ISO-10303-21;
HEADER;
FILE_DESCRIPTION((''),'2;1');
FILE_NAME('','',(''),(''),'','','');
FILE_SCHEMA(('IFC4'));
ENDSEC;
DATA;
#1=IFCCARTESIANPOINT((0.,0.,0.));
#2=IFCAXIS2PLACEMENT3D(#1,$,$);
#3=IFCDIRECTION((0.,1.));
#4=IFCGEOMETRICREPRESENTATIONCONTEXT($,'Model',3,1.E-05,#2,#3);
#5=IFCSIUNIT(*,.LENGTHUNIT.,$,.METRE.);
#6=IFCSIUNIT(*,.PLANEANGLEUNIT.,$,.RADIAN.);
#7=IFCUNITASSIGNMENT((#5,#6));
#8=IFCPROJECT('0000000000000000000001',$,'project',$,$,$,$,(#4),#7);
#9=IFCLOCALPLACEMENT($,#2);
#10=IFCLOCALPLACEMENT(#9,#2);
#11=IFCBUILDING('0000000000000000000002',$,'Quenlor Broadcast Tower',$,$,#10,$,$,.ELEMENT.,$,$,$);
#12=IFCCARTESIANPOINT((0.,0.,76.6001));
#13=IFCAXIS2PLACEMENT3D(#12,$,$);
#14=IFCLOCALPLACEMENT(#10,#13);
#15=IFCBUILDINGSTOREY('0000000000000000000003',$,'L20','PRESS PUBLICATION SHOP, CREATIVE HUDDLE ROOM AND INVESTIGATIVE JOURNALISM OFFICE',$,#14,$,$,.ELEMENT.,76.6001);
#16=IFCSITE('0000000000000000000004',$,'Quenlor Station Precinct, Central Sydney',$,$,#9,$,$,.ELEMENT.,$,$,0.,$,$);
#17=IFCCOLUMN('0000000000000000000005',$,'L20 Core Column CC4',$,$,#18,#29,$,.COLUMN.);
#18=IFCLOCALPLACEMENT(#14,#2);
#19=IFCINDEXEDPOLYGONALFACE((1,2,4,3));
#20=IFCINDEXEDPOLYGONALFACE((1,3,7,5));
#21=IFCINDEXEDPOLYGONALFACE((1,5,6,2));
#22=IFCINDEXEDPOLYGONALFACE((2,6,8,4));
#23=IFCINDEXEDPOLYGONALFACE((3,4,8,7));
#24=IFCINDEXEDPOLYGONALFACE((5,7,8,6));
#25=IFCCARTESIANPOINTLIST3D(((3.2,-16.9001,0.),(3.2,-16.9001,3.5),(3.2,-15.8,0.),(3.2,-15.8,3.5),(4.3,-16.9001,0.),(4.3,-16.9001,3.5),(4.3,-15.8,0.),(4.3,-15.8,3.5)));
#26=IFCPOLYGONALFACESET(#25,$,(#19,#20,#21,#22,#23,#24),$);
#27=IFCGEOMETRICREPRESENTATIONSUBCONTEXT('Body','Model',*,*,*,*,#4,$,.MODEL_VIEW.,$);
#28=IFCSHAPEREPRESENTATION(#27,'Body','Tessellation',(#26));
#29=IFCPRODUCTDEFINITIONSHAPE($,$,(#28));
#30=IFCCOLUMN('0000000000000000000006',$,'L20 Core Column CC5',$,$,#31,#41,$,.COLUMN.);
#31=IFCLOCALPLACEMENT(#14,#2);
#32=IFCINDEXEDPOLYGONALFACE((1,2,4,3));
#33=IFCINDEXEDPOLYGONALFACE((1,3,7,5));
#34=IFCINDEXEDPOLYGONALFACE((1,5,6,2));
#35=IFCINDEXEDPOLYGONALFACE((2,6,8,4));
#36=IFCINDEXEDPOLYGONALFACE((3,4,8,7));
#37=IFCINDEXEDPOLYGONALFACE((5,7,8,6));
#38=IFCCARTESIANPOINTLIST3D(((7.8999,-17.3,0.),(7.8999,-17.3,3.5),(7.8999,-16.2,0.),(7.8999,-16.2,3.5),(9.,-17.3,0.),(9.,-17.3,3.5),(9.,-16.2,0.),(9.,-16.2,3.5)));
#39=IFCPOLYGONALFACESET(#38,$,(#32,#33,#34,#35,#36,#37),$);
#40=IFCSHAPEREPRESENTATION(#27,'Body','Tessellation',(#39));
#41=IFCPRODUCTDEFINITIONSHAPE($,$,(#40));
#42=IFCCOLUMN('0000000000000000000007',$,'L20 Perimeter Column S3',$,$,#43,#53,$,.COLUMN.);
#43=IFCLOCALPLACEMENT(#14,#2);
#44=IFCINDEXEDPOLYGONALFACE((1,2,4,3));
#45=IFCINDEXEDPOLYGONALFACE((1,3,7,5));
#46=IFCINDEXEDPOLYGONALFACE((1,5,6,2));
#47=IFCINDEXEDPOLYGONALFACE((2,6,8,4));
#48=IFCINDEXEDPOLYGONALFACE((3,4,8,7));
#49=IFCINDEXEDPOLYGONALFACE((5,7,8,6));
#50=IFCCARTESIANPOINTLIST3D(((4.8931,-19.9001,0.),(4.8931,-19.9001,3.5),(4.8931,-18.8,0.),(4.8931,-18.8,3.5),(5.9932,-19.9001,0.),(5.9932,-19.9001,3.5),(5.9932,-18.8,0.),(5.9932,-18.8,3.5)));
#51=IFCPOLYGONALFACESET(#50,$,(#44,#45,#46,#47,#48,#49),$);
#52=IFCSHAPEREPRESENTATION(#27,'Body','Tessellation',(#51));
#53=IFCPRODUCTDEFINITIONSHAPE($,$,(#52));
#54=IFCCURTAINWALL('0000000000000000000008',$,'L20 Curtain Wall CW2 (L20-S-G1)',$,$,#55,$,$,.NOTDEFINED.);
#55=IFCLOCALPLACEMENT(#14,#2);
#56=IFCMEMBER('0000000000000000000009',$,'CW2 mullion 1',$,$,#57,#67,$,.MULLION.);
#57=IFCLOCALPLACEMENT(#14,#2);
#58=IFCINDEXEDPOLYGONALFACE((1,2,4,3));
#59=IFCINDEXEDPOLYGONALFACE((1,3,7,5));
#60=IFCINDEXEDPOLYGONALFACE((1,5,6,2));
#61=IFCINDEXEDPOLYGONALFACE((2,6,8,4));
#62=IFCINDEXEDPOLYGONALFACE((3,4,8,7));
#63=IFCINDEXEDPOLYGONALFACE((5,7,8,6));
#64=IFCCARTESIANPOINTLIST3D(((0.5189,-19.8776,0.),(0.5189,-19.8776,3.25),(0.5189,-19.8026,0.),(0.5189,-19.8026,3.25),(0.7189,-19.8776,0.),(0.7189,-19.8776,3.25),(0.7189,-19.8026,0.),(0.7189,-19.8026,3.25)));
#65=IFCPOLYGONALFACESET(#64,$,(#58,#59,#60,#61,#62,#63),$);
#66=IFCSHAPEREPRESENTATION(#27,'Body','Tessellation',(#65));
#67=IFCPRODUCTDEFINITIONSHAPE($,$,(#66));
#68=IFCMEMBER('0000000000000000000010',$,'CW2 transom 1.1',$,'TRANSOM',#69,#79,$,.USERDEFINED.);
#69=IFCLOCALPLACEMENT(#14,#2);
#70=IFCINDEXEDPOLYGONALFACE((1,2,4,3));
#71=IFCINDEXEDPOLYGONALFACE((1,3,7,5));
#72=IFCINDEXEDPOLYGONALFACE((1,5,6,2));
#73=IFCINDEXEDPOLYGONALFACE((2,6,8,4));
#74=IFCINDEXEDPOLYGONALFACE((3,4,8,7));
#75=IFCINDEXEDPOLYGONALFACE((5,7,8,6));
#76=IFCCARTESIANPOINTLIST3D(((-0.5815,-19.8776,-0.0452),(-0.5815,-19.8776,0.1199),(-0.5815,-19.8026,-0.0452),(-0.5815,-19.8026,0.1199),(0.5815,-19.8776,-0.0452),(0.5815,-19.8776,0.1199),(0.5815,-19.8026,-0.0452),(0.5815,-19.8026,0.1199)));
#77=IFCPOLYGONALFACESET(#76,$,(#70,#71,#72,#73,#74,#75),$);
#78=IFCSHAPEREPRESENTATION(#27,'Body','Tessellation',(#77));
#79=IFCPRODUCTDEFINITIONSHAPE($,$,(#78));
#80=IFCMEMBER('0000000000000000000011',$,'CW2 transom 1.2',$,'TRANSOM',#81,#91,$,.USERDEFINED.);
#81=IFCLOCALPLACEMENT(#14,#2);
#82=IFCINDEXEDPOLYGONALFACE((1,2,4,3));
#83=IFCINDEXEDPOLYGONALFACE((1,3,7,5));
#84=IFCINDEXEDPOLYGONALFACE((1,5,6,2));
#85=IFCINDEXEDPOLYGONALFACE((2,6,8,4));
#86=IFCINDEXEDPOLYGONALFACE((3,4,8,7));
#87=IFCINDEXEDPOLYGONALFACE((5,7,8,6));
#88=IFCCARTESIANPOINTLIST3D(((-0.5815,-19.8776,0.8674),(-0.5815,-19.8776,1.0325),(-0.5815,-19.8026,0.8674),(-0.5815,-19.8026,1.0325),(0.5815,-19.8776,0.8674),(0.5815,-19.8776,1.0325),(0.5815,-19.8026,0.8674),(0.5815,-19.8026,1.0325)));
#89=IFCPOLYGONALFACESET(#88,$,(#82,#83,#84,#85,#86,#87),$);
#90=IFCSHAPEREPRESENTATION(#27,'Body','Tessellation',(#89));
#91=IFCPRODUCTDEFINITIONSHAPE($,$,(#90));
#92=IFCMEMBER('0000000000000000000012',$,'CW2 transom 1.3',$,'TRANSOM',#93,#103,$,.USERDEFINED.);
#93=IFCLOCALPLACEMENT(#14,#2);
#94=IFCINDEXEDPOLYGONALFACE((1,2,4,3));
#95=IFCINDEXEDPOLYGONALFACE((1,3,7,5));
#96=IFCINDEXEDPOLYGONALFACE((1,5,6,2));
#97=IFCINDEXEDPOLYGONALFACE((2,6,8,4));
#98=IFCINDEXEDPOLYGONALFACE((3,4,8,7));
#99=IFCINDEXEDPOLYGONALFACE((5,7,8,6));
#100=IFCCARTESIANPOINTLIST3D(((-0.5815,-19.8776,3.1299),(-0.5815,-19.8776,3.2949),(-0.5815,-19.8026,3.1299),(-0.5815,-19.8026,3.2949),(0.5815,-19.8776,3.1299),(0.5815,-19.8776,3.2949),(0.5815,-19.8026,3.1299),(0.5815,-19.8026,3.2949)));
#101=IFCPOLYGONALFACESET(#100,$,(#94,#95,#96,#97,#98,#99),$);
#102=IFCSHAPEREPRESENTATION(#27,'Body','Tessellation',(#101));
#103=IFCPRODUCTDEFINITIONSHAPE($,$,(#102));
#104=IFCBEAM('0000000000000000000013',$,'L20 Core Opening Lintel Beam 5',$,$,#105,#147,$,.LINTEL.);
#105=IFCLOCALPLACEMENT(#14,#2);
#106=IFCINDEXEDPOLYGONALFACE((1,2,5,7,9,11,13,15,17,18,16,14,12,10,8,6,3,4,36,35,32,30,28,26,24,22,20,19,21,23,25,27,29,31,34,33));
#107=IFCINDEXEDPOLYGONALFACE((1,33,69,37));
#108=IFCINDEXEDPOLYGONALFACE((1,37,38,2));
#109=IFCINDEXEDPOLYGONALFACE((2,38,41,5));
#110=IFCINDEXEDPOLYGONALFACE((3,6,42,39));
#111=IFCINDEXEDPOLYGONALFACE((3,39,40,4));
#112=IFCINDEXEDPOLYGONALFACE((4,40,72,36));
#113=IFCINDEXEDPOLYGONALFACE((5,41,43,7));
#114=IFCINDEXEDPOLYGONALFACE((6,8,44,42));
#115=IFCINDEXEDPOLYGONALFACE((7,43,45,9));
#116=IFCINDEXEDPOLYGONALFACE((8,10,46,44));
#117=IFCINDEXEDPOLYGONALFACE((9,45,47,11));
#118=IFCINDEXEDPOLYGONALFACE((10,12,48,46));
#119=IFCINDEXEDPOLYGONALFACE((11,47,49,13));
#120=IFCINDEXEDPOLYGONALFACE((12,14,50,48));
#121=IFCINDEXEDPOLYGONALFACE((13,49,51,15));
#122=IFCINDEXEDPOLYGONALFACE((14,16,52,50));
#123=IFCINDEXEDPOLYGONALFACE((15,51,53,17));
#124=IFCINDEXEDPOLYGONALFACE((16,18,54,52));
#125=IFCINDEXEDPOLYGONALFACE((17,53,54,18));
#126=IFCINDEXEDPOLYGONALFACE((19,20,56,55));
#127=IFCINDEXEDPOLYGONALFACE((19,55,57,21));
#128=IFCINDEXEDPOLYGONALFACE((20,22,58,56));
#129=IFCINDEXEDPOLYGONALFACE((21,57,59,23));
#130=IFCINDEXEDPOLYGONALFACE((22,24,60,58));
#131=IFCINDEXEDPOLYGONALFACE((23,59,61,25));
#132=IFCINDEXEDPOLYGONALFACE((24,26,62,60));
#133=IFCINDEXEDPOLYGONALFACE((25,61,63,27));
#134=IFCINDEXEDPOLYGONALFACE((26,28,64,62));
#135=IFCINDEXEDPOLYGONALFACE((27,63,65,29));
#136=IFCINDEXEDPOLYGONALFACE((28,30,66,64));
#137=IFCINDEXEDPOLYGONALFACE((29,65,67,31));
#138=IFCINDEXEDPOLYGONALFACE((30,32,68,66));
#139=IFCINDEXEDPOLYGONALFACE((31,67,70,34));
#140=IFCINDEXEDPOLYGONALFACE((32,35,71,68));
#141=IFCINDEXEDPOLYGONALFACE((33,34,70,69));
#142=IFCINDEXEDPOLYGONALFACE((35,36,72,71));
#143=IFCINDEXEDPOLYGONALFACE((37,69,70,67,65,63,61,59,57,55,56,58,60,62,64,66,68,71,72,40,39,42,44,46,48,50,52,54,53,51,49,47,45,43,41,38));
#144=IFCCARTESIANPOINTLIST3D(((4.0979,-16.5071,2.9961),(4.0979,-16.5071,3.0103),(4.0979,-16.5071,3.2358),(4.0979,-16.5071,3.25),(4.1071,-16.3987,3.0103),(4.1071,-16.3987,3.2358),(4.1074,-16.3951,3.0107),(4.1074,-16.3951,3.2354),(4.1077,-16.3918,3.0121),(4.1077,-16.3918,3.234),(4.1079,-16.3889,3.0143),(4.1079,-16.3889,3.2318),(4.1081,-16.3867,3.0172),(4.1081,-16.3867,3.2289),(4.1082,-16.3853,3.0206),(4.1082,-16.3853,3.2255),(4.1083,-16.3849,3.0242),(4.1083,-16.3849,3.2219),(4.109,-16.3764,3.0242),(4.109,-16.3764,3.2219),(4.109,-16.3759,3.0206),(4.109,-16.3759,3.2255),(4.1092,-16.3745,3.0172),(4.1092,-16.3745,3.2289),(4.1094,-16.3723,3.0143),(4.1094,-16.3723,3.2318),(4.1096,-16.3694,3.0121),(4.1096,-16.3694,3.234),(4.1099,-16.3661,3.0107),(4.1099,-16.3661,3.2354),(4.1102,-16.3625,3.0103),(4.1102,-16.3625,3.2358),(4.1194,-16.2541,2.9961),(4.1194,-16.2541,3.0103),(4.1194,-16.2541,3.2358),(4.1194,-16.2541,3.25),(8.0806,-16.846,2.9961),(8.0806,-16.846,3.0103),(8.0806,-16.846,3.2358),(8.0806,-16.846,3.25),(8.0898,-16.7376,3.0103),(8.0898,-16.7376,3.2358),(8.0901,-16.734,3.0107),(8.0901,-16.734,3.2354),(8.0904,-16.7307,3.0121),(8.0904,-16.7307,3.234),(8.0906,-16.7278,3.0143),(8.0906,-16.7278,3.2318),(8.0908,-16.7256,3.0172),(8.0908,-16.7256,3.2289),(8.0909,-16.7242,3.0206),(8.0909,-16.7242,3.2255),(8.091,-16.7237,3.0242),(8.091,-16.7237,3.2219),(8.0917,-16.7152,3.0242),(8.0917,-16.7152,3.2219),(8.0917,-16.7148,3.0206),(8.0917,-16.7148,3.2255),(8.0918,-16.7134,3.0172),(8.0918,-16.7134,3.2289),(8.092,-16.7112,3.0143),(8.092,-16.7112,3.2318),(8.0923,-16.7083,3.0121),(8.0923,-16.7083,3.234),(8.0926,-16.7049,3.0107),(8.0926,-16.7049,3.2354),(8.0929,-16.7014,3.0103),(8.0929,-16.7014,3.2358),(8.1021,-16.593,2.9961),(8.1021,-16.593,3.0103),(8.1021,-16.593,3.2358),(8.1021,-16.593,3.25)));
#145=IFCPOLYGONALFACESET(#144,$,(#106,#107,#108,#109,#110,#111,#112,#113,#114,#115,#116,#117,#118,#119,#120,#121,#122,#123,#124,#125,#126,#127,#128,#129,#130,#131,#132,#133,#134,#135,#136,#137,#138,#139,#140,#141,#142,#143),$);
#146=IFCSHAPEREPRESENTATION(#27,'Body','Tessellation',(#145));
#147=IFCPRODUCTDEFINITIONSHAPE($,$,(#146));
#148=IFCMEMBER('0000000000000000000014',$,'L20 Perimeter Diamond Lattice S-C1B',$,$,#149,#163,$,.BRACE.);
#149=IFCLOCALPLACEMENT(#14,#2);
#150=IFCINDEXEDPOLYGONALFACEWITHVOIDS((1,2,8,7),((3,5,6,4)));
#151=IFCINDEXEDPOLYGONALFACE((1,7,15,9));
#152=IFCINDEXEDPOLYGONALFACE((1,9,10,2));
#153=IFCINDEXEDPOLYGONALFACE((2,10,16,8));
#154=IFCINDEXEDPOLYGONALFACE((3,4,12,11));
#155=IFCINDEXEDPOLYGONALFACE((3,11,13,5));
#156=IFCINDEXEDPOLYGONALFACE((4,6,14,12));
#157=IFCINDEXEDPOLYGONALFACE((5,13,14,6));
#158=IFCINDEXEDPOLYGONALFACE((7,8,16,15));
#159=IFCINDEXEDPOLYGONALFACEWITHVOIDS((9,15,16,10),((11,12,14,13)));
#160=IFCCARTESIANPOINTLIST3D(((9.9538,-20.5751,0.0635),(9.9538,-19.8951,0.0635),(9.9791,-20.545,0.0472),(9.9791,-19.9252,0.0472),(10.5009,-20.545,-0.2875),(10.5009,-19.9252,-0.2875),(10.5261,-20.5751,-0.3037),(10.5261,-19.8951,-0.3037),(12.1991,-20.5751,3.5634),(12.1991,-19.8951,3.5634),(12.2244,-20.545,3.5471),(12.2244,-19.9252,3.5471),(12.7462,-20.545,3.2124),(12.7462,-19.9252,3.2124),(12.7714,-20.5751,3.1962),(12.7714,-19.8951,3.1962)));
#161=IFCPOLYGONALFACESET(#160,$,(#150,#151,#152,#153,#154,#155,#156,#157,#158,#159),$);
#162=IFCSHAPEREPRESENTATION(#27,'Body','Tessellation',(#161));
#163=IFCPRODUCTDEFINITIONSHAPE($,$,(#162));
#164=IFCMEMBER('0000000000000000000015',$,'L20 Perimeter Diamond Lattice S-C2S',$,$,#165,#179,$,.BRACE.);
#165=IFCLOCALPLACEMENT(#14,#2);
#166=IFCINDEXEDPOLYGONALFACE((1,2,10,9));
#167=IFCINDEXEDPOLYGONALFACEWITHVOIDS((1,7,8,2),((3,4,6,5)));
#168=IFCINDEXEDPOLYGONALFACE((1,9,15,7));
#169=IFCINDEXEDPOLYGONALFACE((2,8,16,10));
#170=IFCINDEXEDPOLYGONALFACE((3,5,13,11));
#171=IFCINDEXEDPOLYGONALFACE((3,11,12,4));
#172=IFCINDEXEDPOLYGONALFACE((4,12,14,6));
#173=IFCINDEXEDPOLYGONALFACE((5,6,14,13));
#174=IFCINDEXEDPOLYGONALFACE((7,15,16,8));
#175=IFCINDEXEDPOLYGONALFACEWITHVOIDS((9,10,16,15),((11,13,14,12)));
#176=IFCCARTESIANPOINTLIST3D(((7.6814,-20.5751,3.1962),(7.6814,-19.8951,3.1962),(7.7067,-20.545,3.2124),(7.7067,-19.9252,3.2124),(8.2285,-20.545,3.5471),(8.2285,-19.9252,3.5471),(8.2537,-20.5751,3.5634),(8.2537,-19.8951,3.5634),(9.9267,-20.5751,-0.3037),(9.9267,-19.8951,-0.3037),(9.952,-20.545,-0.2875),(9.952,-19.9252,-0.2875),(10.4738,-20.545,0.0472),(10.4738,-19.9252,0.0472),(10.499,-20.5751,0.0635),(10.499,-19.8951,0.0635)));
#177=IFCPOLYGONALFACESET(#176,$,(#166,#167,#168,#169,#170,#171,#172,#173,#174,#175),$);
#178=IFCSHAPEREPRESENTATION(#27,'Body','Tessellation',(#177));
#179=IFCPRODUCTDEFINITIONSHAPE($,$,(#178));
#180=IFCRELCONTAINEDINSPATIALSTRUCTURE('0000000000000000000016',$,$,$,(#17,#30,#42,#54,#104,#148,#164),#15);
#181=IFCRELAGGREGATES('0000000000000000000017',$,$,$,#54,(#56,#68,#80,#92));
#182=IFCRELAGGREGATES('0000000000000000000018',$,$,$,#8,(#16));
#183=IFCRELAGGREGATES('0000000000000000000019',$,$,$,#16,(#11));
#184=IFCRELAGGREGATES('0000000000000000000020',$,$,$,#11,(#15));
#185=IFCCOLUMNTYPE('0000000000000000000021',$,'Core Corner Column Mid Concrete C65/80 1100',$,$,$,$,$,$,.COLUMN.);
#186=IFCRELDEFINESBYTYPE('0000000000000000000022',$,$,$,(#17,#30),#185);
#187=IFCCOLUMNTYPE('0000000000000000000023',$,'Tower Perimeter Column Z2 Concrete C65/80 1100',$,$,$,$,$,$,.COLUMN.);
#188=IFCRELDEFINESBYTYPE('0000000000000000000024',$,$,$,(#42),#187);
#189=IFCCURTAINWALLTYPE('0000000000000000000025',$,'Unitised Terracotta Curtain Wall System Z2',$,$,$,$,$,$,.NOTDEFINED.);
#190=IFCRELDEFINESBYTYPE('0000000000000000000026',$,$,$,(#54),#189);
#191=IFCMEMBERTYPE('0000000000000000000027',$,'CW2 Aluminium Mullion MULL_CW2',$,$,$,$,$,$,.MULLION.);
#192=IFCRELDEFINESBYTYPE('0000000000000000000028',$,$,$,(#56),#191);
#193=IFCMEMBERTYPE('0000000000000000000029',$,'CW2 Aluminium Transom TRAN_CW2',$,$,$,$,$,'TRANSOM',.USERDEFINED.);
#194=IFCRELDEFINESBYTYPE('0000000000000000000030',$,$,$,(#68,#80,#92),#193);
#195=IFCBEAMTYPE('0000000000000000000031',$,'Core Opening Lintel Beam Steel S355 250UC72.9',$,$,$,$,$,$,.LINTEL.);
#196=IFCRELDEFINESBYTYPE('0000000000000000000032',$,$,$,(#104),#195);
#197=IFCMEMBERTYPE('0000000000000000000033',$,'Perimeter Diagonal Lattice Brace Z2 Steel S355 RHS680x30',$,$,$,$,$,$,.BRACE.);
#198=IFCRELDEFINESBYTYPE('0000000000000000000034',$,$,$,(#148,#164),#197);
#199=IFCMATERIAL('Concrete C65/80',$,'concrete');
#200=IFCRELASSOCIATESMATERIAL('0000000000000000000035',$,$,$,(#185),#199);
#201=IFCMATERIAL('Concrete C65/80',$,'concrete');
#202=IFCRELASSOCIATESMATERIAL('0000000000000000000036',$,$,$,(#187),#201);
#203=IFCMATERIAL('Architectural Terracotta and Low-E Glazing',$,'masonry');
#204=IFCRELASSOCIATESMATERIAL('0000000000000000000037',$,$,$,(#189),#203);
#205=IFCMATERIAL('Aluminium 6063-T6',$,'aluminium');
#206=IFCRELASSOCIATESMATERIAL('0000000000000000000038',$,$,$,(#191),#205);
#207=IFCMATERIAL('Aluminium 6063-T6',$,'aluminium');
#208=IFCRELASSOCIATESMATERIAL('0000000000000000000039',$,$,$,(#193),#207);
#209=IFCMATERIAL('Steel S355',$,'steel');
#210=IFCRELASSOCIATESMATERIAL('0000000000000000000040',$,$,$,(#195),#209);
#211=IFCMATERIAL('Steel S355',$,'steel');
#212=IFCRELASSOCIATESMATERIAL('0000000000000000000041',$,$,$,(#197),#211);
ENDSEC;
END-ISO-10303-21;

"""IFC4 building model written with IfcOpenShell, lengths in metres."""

from ifc_helpers import new_model, si_unit, direction, frame, origin, origin_2d, place, context, subcontext, project, spatial, rectangle, hollow_rectangle, i_section, extrude, material, material_profile, profile_set, type_object, element, aggregate, save


model = new_model("IFC4")

# Units and contexts
model_context = context("Model", 3, precision=1e-05, world=origin(), true_north=direction((0.0, 1.0)))
body_context = subcontext(model_context, "Body", "Model", "MODEL_VIEW")
ifc_project = project(units=[si_unit("LENGTHUNIT", "METRE"), si_unit("PLANEANGLEUNIT", "RADIAN")], contexts=[model_context])

# Site, building, storey
site_placement = place(None, origin())
site = spatial("IfcSite", under=ifc_project, at=site_placement, Name="Quenlor Station Precinct, Central Sydney", CompositionType="ELEMENT", RefElevation=0.0)
building_placement = place(site_placement, origin())
building = spatial("IfcBuilding", under=site, at=building_placement, Name="Quenlor Broadcast Tower", CompositionType="ELEMENT")
storey_placement = place(building_placement, frame((0.0, 0.0, 76.6001)))
storey = spatial("IfcBuildingStorey", under=building, at=storey_placement, Name="L20", Description="PRESS PUBLICATION SHOP, CREATIVE HUDDLE ROOM AND INVESTIGATIVE JOURNALISM OFFICE", CompositionType="ELEMENT", Elevation=76.6001)

# Columns
ifc_material_1 = material(Name="Concrete C65/80", Category="concrete")
ifc_material_profile_1 = material_profile(ifc_material_1, rectangle(XDim=1.1001, YDim=1.1001, at=origin_2d()))
ifc_profile_set_1 = profile_set([ifc_material_profile_1], Name="Concrete C65/80 RC1100x1100")
column_type_1 = type_object("IfcColumnType", Name="Core Corner Column Mid Concrete C65/80 1100", PredefinedType="COLUMN", material=ifc_profile_set_1)
for number, where, z_axis, x_axis, name in (
    (1, (3.75, -16.3501, 0.0), (0.0, 0.0, 1.0), (1.0, 0.0, 0.0), "L20 Core Column CC4"),
    (2, (8.45, -16.75, 0.0), (0.0, 0.0, 1.0), (1.0, 0.0, 0.0), "L20 Core Column CC5"),
):
    element("IfcColumn", number, at=place(storey_placement, frame(where, z_axis=z_axis, x_axis=x_axis)), inside=storey, type_object=column_type_1, Name=name, PredefinedType="COLUMN", context=body_context, shape_type="SweptSolid", body=[
        extrude(rectangle(XDim=1.1001, YDim=1.1001, at=origin_2d()), origin(), (0.0, 0.0, 1.0), 3.5),
    ])
ifc_material_2 = material(Name="Concrete C65/80", Category="concrete")
ifc_material_profile_2 = material_profile(ifc_material_2, rectangle(XDim=1.1001, YDim=1.1001, at=origin_2d()))
ifc_profile_set_2 = profile_set([ifc_material_profile_2], Name="Concrete C65/80 RC1100x1100")
column_type_2 = type_object("IfcColumnType", Name="Tower Perimeter Column Z2 Concrete C65/80 1100", PredefinedType="COLUMN", material=ifc_profile_set_2)
column_placement = place(storey_placement, frame((5.4431, -19.3501, 0.0), z_axis=(0.0, 0.0, 1.0), x_axis=(0.0, 1.0, 0.0)))
element("IfcColumn", 3, at=column_placement, inside=storey, type_object=column_type_2, Name="L20 Perimeter Column S3", PredefinedType="COLUMN", context=body_context, shape_type="SweptSolid", body=[
    extrude(rectangle(XDim=1.1001, YDim=1.1001, at=origin_2d()), origin(), (0.0, 0.0, 1.0), 3.5),
])

# Curtain wall, members
ifc_material_3 = material(Name="Architectural Terracotta and Low-E Glazing", Category="masonry")
curtain_wall_type = type_object("IfcCurtainWallType", Name="Unitised Terracotta Curtain Wall System Z2", PredefinedType="NOTDEFINED", material=ifc_material_3)
curtain_wall_placement = place(storey_placement, origin())
curtain_wall = element("IfcCurtainWall", 4, at=curtain_wall_placement, inside=storey, type_object=curtain_wall_type, Name="L20 Curtain Wall CW2 (L20-S-G1)", PredefinedType="NOTDEFINED")
ifc_material_4 = material(Name="Aluminium 6063-T6", Category="aluminium")
ifc_material_profile_3 = material_profile(ifc_material_4, rectangle(XDim=0.075, YDim=0.2, at=origin_2d()))
ifc_profile_set_3 = profile_set([ifc_material_profile_3], Name="Aluminium 6063-T6 MULL75x200")
member_type_1 = type_object("IfcMemberType", Name="CW2 Aluminium Mullion MULL_CW2", PredefinedType="MULLION", material=ifc_profile_set_3)
member_1_placement = place(storey_placement, frame((0.6189, -19.8401, 0.0), z_axis=(0.0, 0.0, 1.0), x_axis=(0.0, -1.0, 0.0)))
member_1 = element("IfcMember", 5, at=member_1_placement, type_object=member_type_1, Name="CW2 mullion 1", PredefinedType="MULLION", context=body_context, shape_type="SweptSolid", body=[
    extrude(rectangle(XDim=0.075, YDim=0.2, at=origin_2d()), origin(), (0.0, 0.0, 1.0), 3.25),
])
ifc_material_5 = material(Name="Aluminium 6063-T6", Category="aluminium")
ifc_material_profile_4 = material_profile(ifc_material_5, rectangle(XDim=0.075, YDim=0.165, at=origin_2d()))
ifc_profile_set_4 = profile_set([ifc_material_profile_4], Name="Aluminium 6063-T6 TRAN75x165")
member_type_2 = type_object("IfcMemberType", Name="CW2 Aluminium Transom TRAN_CW2", ElementType="TRANSOM", PredefinedType="USERDEFINED", material=ifc_profile_set_4)
member_2_placement = place(storey_placement, frame((0.5815, -19.8401, 0.0374), z_axis=(-1.0, 0.0, 0.0), x_axis=(0.0, -1.0, 0.0)))
member_2 = element("IfcMember", 6, at=member_2_placement, type_object=member_type_2, Name="CW2 transom 1.1", ObjectType="TRANSOM", PredefinedType="USERDEFINED", context=body_context, shape_type="SweptSolid", body=[
    extrude(rectangle(XDim=0.075, YDim=0.165, at=origin_2d()), origin(), (0.0, 0.0, 1.0), 1.1631),
])
member_3_placement = place(storey_placement, frame((0.5815, -19.8401, 0.95), z_axis=(-1.0, 0.0, 0.0), x_axis=(0.0, -1.0, 0.0)))
member_3 = element("IfcMember", 7, at=member_3_placement, type_object=member_type_2, Name="CW2 transom 1.2", ObjectType="TRANSOM", PredefinedType="USERDEFINED", context=body_context, shape_type="SweptSolid", body=[
    extrude(rectangle(XDim=0.075, YDim=0.165, at=origin_2d()), origin(), (0.0, 0.0, 1.0), 1.1631),
])
member_4_placement = place(storey_placement, frame((0.5815, -19.8401, 3.2124), z_axis=(-1.0, 0.0, 0.0), x_axis=(0.0, -1.0, 0.0)))
member_4 = element("IfcMember", 8, at=member_4_placement, type_object=member_type_2, Name="CW2 transom 1.3", ObjectType="TRANSOM", PredefinedType="USERDEFINED", context=body_context, shape_type="SweptSolid", body=[
    extrude(rectangle(XDim=0.075, YDim=0.165, at=origin_2d()), origin(), (0.0, 0.0, 1.0), 1.1631),
])
aggregate(curtain_wall, [member_1, member_2, member_3, member_4])

# Beam
ifc_material_6 = material(Name="Steel S355", Category="steel")
ifc_material_profile_5 = material_profile(ifc_material_6, i_section(OverallWidth=0.2539, OverallDepth=0.2539, WebThickness=0.0085, FlangeThickness=0.0142, FilletRadius=0.0139, at=origin_2d()))
ifc_profile_set_5 = profile_set([ifc_material_profile_5], Name="Steel S355 250UC72.9")
beam_type_1 = type_object("IfcBeamType", Name="Core Opening Lintel Beam Steel S355 250UC72.9", PredefinedType="LINTEL", material=ifc_profile_set_5)
beam_1_placement = place(storey_placement, frame((4.1086, -16.3806, 3.123), z_axis=(0.9964, -0.084779, 0.0), x_axis=(0.084779, 0.9964, 0.0)))
element("IfcBeam", 9, at=beam_1_placement, inside=storey, type_object=beam_type_1, Name="L20 Core Opening Lintel Beam 5", PredefinedType="LINTEL", context=body_context, shape_type="SweptSolid", body=[
    extrude(i_section(OverallWidth=0.2539, OverallDepth=0.2539, WebThickness=0.0085, FlangeThickness=0.0142, FilletRadius=0.0139, at=origin_2d()), origin(), (0.0, 0.0, 1.0), 3.9971),
])

# Members
ifc_material_7 = material(Name="Steel S355", Category="steel")
ifc_material_profile_6 = material_profile(ifc_material_7, hollow_rectangle(XDim=0.6799, YDim=0.6799, WallThickness=0.03, at=origin_2d()))
ifc_profile_set_6 = profile_set([ifc_material_profile_6], Name="Steel S355 RHS680x680x30")
member_type_3 = type_object("IfcMemberType", Name="Perimeter Diagonal Lattice Brace Z2 Steel S355 RHS680x30", PredefinedType="BRACE", material=ifc_profile_set_6)
for number, where, z_axis, x_axis, name in (
    (10, (10.24, -20.2351, -0.1201), (0.539968, 0.0, 0.841686), (0.0, 1.0, 0.0), "L20 Perimeter Diamond Lattice S-C1B"),
    (11, (10.2129, -20.2351, -0.1201), (-0.539968, 0.0, 0.841686), (0.0, -1.0, 0.0), "L20 Perimeter Diamond Lattice S-C2S"),
):
    element("IfcMember", number, at=place(storey_placement, frame(where, z_axis=z_axis, x_axis=x_axis)), inside=storey, type_object=member_type_3, Name=name, PredefinedType="BRACE", context=body_context, shape_type="SweptSolid", body=[
        extrude(hollow_rectangle(XDim=0.6799, YDim=0.6799, WallThickness=0.03, at=origin_2d()), origin(), (0.0, 0.0, 1.0), 4.1582),
    ])

save(model, "model.ifc")
